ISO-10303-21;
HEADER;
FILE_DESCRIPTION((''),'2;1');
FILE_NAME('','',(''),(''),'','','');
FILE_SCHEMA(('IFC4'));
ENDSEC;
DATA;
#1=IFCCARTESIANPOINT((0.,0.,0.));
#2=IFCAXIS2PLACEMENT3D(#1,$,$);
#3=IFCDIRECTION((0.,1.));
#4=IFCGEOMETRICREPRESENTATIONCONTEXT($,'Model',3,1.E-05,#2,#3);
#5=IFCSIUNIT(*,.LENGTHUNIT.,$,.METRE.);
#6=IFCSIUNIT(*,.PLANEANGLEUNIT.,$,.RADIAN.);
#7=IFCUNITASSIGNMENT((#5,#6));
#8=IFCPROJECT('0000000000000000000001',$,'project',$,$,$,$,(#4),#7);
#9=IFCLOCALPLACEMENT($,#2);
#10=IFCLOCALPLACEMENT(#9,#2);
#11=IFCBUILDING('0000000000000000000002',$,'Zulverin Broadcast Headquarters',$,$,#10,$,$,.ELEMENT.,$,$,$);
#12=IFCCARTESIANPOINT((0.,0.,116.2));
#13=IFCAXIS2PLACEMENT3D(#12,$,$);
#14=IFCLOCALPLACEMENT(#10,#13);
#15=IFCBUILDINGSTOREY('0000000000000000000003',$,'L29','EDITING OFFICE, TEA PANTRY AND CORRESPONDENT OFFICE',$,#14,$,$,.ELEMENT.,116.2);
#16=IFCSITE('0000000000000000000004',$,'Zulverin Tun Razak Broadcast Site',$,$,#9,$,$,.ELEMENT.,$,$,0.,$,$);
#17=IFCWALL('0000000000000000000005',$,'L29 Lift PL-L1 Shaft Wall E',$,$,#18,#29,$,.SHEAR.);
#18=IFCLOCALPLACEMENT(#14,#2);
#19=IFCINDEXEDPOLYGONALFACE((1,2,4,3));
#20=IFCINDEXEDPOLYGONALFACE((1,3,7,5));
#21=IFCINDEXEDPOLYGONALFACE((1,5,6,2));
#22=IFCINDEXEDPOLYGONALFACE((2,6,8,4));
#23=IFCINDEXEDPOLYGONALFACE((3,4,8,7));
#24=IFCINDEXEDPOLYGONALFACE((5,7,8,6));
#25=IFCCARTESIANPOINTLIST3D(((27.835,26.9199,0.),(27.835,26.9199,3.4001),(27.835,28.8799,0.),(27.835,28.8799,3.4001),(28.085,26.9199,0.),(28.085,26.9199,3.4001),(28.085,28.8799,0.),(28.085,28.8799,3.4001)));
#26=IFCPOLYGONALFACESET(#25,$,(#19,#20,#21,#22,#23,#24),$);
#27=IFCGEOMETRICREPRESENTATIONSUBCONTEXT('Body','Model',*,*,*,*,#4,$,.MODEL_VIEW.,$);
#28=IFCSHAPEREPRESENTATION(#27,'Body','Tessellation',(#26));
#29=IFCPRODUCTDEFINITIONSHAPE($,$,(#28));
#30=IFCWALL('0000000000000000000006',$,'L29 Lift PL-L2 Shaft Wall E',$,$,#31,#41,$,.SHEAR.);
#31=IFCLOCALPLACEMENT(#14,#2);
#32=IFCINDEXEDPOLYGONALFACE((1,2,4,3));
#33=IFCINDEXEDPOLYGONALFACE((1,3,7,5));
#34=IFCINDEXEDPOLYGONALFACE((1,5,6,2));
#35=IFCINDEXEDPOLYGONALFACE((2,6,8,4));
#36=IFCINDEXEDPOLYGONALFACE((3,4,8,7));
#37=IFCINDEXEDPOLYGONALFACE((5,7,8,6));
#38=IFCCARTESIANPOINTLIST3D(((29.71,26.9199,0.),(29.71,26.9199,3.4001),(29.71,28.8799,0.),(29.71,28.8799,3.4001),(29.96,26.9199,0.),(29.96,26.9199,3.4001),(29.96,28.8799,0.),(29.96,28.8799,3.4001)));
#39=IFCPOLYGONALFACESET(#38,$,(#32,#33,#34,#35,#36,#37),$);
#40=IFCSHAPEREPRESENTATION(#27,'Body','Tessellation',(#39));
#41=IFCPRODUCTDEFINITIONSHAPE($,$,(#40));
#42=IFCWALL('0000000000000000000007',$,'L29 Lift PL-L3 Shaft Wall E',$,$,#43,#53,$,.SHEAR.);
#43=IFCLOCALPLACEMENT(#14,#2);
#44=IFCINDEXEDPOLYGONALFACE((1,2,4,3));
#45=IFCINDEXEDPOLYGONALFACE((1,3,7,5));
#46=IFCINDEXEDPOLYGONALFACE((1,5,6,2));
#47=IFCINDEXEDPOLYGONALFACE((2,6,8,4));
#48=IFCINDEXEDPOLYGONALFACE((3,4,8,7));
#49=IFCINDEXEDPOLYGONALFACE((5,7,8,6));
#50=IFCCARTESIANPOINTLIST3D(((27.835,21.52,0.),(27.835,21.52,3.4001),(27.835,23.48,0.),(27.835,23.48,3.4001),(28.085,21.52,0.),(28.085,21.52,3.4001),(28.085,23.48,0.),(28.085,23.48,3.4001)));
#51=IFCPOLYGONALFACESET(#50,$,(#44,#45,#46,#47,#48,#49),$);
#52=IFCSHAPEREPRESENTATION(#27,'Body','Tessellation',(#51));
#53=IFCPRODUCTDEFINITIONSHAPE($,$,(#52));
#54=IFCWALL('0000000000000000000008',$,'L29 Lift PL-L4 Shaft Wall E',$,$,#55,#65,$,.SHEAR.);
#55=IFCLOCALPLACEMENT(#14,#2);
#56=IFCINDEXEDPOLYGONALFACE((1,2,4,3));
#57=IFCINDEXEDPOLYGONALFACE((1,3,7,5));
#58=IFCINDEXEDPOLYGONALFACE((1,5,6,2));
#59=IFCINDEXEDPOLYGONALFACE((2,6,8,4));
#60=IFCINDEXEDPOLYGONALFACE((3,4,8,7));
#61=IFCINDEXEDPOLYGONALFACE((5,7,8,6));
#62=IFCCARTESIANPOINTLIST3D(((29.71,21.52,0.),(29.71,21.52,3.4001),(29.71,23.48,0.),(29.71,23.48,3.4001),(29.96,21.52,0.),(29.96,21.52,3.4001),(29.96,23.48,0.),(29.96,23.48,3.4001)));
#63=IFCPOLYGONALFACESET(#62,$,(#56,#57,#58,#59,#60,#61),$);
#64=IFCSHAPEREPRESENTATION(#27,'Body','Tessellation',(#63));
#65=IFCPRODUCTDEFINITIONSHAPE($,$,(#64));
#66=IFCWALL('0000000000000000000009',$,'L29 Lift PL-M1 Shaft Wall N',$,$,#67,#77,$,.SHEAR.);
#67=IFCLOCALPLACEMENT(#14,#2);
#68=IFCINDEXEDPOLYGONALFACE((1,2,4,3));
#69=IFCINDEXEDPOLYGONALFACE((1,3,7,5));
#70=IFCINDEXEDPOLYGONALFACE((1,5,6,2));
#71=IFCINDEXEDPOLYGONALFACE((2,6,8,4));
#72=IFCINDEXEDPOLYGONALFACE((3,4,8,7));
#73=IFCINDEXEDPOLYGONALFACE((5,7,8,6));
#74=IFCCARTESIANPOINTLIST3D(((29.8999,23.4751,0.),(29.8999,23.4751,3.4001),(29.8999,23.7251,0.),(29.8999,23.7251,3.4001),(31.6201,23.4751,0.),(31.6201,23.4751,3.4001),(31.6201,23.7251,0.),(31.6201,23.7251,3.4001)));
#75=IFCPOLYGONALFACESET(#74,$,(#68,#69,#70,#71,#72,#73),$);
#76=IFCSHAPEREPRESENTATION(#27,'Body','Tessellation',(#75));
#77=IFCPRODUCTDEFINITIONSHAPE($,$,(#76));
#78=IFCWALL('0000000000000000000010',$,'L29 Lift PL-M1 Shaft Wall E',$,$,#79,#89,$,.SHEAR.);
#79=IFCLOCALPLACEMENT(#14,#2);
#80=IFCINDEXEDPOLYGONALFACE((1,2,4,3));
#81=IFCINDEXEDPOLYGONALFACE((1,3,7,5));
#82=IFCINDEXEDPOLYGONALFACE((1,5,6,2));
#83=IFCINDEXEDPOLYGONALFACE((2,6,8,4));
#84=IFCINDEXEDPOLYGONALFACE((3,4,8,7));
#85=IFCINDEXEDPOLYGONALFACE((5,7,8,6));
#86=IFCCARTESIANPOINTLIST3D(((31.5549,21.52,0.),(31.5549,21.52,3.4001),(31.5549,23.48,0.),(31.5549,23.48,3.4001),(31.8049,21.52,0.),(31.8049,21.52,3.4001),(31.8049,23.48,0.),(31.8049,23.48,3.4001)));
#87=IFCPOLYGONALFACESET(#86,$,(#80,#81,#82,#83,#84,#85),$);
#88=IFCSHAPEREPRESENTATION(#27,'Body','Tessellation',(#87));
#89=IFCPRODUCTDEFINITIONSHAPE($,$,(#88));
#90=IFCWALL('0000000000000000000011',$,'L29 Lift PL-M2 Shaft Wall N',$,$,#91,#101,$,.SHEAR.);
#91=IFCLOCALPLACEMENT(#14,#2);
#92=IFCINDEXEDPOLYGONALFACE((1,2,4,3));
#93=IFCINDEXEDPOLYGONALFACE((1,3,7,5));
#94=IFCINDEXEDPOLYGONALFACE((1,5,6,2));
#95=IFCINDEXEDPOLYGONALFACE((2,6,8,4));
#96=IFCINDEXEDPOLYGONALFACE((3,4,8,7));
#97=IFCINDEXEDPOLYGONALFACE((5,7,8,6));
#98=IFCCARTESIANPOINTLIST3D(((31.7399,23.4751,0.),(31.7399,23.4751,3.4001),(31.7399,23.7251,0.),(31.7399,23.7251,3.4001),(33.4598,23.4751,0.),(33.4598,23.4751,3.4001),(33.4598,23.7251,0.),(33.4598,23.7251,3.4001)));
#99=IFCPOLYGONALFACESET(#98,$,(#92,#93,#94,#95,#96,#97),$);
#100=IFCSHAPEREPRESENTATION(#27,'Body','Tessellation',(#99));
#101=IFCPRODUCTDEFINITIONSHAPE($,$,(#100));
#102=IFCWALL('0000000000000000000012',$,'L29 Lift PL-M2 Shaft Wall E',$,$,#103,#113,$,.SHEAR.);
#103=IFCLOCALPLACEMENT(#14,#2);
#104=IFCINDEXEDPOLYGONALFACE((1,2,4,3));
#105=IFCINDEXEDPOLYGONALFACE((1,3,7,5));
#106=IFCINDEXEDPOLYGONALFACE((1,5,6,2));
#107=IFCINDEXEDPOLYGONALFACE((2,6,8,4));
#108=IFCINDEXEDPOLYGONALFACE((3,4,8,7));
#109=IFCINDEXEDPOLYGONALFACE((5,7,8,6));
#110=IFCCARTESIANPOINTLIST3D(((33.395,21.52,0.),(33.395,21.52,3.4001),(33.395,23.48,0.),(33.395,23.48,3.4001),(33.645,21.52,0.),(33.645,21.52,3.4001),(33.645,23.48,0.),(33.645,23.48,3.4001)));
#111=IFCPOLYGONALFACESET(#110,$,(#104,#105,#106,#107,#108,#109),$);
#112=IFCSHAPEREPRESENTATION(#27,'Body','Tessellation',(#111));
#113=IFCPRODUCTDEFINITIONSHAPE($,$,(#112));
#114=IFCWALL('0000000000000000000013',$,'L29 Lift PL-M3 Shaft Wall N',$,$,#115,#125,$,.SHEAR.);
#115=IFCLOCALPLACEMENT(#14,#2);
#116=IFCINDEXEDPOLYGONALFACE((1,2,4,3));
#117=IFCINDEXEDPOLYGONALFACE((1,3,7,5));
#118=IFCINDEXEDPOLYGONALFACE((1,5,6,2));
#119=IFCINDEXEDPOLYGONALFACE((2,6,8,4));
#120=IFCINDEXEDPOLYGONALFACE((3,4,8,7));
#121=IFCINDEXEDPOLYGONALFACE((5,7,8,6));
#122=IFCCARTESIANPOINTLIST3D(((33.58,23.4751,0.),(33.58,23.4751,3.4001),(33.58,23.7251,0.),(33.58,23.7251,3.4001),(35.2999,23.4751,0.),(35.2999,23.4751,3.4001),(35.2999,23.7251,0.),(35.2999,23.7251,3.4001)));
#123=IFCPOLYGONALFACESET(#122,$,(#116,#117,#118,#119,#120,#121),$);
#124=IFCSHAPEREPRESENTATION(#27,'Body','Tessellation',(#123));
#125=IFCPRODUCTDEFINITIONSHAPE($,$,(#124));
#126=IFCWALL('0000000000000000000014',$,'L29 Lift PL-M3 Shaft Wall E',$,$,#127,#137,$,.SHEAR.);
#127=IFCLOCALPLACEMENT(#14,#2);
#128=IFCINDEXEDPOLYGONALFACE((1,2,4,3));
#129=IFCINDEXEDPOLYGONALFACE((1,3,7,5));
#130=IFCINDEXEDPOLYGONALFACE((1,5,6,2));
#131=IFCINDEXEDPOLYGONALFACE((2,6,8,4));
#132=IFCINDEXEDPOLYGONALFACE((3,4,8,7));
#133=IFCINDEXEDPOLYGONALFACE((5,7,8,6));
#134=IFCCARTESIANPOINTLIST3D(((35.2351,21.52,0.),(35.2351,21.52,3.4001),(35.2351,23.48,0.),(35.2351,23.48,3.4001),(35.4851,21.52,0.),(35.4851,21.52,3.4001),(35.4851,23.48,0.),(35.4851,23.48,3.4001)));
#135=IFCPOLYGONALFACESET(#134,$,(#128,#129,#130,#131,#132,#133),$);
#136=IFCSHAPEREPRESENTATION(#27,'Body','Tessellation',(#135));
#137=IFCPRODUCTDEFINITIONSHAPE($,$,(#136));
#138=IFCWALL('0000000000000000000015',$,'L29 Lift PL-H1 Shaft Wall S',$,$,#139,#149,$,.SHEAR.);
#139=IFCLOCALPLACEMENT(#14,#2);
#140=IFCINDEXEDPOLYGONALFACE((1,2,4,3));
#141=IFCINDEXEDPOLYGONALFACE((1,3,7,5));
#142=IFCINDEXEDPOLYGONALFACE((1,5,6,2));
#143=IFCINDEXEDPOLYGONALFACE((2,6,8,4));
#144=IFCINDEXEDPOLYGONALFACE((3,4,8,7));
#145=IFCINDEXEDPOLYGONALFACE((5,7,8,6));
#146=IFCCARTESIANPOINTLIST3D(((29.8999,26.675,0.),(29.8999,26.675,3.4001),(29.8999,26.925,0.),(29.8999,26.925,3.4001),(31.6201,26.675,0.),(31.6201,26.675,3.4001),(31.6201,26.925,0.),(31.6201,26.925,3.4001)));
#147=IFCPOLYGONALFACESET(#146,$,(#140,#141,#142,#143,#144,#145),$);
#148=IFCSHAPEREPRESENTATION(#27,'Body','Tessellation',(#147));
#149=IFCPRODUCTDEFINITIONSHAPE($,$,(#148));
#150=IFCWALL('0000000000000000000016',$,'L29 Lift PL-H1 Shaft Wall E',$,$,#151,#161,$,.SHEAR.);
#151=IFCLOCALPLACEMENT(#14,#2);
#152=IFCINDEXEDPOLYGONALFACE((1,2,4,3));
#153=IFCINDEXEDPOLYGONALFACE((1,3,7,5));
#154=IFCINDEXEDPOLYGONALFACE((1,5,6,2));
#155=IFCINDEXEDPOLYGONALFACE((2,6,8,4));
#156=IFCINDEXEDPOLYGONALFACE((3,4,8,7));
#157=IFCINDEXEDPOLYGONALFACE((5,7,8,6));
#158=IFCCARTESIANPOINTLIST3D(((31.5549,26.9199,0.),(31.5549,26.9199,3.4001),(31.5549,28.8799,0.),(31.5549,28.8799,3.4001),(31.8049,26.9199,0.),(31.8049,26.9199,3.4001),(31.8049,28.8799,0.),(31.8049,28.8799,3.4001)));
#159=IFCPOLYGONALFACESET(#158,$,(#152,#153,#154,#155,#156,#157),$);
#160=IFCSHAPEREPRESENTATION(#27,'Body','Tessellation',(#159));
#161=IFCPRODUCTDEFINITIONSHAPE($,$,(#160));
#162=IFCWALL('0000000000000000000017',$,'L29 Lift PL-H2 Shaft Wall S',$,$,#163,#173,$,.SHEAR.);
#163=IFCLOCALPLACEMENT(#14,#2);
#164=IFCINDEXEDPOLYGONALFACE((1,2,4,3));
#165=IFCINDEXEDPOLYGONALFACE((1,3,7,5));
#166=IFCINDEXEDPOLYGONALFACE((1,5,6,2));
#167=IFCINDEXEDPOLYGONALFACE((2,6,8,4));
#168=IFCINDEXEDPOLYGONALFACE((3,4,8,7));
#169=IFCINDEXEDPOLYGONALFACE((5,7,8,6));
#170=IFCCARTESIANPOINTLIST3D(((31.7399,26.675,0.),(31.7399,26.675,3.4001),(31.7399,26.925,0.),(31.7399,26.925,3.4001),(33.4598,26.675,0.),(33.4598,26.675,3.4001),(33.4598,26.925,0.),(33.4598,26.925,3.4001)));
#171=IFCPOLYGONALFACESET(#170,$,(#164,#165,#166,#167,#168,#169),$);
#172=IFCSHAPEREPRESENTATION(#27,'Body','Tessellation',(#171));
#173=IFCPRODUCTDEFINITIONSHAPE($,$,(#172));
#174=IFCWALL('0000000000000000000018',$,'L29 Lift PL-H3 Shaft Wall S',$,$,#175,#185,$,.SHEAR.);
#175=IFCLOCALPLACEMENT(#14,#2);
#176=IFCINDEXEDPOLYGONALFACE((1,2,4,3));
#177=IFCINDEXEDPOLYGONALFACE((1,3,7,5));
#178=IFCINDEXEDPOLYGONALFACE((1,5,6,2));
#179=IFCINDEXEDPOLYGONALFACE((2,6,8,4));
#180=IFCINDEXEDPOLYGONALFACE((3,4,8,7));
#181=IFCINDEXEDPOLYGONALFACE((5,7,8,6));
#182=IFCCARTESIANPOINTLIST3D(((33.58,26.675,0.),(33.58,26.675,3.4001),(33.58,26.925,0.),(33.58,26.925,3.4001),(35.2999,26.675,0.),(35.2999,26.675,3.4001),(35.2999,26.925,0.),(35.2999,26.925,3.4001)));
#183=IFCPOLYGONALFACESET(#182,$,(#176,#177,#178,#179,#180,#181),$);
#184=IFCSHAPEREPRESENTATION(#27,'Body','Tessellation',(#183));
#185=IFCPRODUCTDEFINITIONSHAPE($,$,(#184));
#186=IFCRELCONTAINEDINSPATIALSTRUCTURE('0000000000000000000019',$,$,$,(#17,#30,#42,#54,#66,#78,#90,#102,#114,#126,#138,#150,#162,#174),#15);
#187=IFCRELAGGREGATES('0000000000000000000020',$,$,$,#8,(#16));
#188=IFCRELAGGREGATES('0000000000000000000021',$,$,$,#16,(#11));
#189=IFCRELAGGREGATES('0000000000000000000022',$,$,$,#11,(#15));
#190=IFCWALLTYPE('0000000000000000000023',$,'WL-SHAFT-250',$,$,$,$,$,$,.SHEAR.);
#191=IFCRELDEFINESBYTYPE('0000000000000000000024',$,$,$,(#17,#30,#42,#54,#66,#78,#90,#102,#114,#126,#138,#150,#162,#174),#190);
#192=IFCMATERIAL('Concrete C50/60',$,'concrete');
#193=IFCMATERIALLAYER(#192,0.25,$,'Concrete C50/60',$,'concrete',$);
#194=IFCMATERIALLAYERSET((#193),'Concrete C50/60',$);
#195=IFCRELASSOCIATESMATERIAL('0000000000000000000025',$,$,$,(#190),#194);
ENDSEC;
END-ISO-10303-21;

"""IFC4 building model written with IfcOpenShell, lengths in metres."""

from ifc_helpers import new_model, si_unit, direction, frame, frame_2d, origin, place, context, subcontext, project, spatial, rectangle, extrude, material, layer, layer_set, type_object, element, save


model = new_model("IFC4")

# Units and contexts
model_context = context("Model", 3, precision=1e-05, world=origin(), true_north=direction((0.0, 1.0)))
body_context = subcontext(model_context, "Body", "Model", "MODEL_VIEW")
ifc_project = project(units=[si_unit("LENGTHUNIT", "METRE"), si_unit("PLANEANGLEUNIT", "RADIAN")], contexts=[model_context])

# Site, building, storey
site_placement = place(None, origin())
site = spatial("IfcSite", under=ifc_project, at=site_placement, Name="Zulverin Tun Razak Broadcast Site", CompositionType="ELEMENT", RefElevation=0.0)
building_placement = place(site_placement, origin())
building = spatial("IfcBuilding", under=site, at=building_placement, Name="Zulverin Broadcast Headquarters", CompositionType="ELEMENT")
storey_placement = place(building_placement, frame((0.0, 0.0, 116.2)))
storey = spatial("IfcBuildingStorey", under=building, at=storey_placement, Name="L29", Description="EDITING OFFICE, TEA PANTRY AND CORRESPONDENT OFFICE", CompositionType="ELEMENT", Elevation=116.2)

# Wall
ifc_material_1 = material(Name="Concrete C50/60", Category="concrete")
ifc_layer_1 = layer(ifc_material_1, 0.25, Name="Concrete C50/60", Category="concrete")
ifc_layer_set_1 = layer_set([ifc_layer_1], Name="Concrete C50/60")
wall_type_1 = type_object("IfcWallType", Name="WL-SHAFT-250", PredefinedType="SHEAR", material=ifc_layer_set_1)
wall_1_placement = place(storey_placement, frame((27.96, 26.9199, 0.0), z_axis=(0.0, 0.0, 1.0), x_axis=(0.0, 1.0, 0.0)))
element("IfcWall", 1, at=wall_1_placement, inside=storey, type_object=wall_type_1, Name="L29 Lift PL-L1 Shaft Wall E", PredefinedType="SHEAR", context=body_context, shape_type="SweptSolid", body=[
    extrude(rectangle(XDim=1.96, YDim=0.25, at=frame_2d((0.98, 0.0))), origin(), (0.0, 0.0, 1.0), 3.4001),
])

# Walls
for number, where, z_axis, x_axis, name in (
    (2, (29.835, 26.9199, 0.0), (0.0, 0.0, 1.0), (0.0, 1.0, 0.0), "L29 Lift PL-L2 Shaft Wall E"),
    (3, (27.96, 21.52, 0.0), (0.0, 0.0, 1.0), (0.0, 1.0, 0.0), "L29 Lift PL-L3 Shaft Wall E"),
):
    element("IfcWall", number, at=place(storey_placement, frame(where, z_axis=z_axis, x_axis=x_axis)), inside=storey, type_object=wall_type_1, Name=name, PredefinedType="SHEAR", context=body_context, shape_type="SweptSolid", body=[
        extrude(rectangle(XDim=1.96, YDim=0.25, at=frame_2d((0.98, 0.0))), origin(), (0.0, 0.0, 1.0), 3.4001),
    ])

# Walls
wall_2_placement = place(storey_placement, frame((29.835, 21.52, 0.0), z_axis=(0.0, 0.0, 1.0), x_axis=(0.0, 1.0, 0.0)))
element("IfcWall", 4, at=wall_2_placement, inside=storey, type_object=wall_type_1, Name="L29 Lift PL-L4 Shaft Wall E", PredefinedType="SHEAR", context=body_context, shape_type="SweptSolid", body=[
    extrude(rectangle(XDim=1.96, YDim=0.25, at=frame_2d((0.98, 0.0))), origin(), (0.0, 0.0, 1.0), 3.4001),
])
wall_3_placement = place(storey_placement, frame((29.8999, 23.6001, 0.0), z_axis=(0.0, 0.0, 1.0), x_axis=(1.0, 0.0, 0.0)))
element("IfcWall", 5, at=wall_3_placement, inside=storey, type_object=wall_type_1, Name="L29 Lift PL-M1 Shaft Wall N", PredefinedType="SHEAR", context=body_context, shape_type="SweptSolid", body=[
    extrude(rectangle(XDim=1.7202, YDim=0.25, at=frame_2d((0.8601, 0.0))), origin(), (0.0, 0.0, 1.0), 3.4001),
])
wall_4_placement = place(storey_placement, frame((31.6799, 21.52, 0.0), z_axis=(0.0, 0.0, 1.0), x_axis=(0.0, 1.0, 0.0)))
element("IfcWall", 6, at=wall_4_placement, inside=storey, type_object=wall_type_1, Name="L29 Lift PL-M1 Shaft Wall E", PredefinedType="SHEAR", context=body_context, shape_type="SweptSolid", body=[
    extrude(rectangle(XDim=1.96, YDim=0.25, at=frame_2d((0.98, 0.0))), origin(), (0.0, 0.0, 1.0), 3.4001),
])
wall_5_placement = place(storey_placement, frame((31.74, 23.6001, 0.0), z_axis=(0.0, 0.0, 1.0), x_axis=(1.0, 0.0, 0.0)))
element("IfcWall", 7, at=wall_5_placement, inside=storey, type_object=wall_type_1, Name="L29 Lift PL-M2 Shaft Wall N", PredefinedType="SHEAR", context=body_context, shape_type="SweptSolid", body=[
    extrude(rectangle(XDim=1.72, YDim=0.25, at=frame_2d((0.8599, 0.0))), origin(), (0.0, 0.0, 1.0), 3.4001),
])
wall_6_placement = place(storey_placement, frame((33.52, 21.52, 0.0), z_axis=(0.0, 0.0, 1.0), x_axis=(0.0, 1.0, 0.0)))
element("IfcWall", 8, at=wall_6_placement, inside=storey, type_object=wall_type_1, Name="L29 Lift PL-M2 Shaft Wall E", PredefinedType="SHEAR", context=body_context, shape_type="SweptSolid", body=[
    extrude(rectangle(XDim=1.96, YDim=0.25, at=frame_2d((0.98, 0.0))), origin(), (0.0, 0.0, 1.0), 3.4001),
])
wall_7_placement = place(storey_placement, frame((33.5801, 23.6001, 0.0), z_axis=(0.0, 0.0, 1.0), x_axis=(1.0, 0.0, 0.0)))
element("IfcWall", 9, at=wall_7_placement, inside=storey, type_object=wall_type_1, Name="L29 Lift PL-M3 Shaft Wall N", PredefinedType="SHEAR", context=body_context, shape_type="SweptSolid", body=[
    extrude(rectangle(XDim=1.72, YDim=0.25, at=frame_2d((0.8599, 0.0))), origin(), (0.0, 0.0, 1.0), 3.4001),
])
wall_8_placement = place(storey_placement, frame((35.3601, 21.52, 0.0), z_axis=(0.0, 0.0, 1.0), x_axis=(0.0, 1.0, 0.0)))
element("IfcWall", 10, at=wall_8_placement, inside=storey, type_object=wall_type_1, Name="L29 Lift PL-M3 Shaft Wall E", PredefinedType="SHEAR", context=body_context, shape_type="SweptSolid", body=[
    extrude(rectangle(XDim=1.96, YDim=0.25, at=frame_2d((0.98, 0.0))), origin(), (0.0, 0.0, 1.0), 3.4001),
])
wall_9_placement = place(storey_placement, frame((29.8999, 26.8, 0.0), z_axis=(0.0, 0.0, 1.0), x_axis=(1.0, 0.0, 0.0)))
element("IfcWall", 11, at=wall_9_placement, inside=storey, type_object=wall_type_1, Name="L29 Lift PL-H1 Shaft Wall S", PredefinedType="SHEAR", context=body_context, shape_type="SweptSolid", body=[
    extrude(rectangle(XDim=1.7202, YDim=0.25, at=frame_2d((0.8601, 0.0))), origin(), (0.0, 0.0, 1.0), 3.4001),
])
wall_10_placement = place(storey_placement, frame((31.6799, 26.9199, 0.0), z_axis=(0.0, 0.0, 1.0), x_axis=(0.0, 1.0, 0.0)))
element("IfcWall", 12, at=wall_10_placement, inside=storey, type_object=wall_type_1, Name="L29 Lift PL-H1 Shaft Wall E", PredefinedType="SHEAR", context=body_context, shape_type="SweptSolid", body=[
    extrude(rectangle(XDim=1.96, YDim=0.25, at=frame_2d((0.98, 0.0))), origin(), (0.0, 0.0, 1.0), 3.4001),
])
for number, where, z_axis, x_axis, name in (
    (13, (31.74, 26.8, 0.0), (0.0, 0.0, 1.0), (1.0, 0.0, 0.0), "L29 Lift PL-H2 Shaft Wall S"),
    (14, (33.5801, 26.8, 0.0), (0.0, 0.0, 1.0), (1.0, 0.0, 0.0), "L29 Lift PL-H3 Shaft Wall S"),
):
    element("IfcWall", number, at=place(storey_placement, frame(where, z_axis=z_axis, x_axis=x_axis)), inside=storey, type_object=wall_type_1, Name=name, PredefinedType="SHEAR", context=body_context, shape_type="SweptSolid", body=[
        extrude(rectangle(XDim=1.72, YDim=0.25, at=frame_2d((0.8599, 0.0))), origin(), (0.0, 0.0, 1.0), 3.4001),
    ])

save(model, "model.ifc")
